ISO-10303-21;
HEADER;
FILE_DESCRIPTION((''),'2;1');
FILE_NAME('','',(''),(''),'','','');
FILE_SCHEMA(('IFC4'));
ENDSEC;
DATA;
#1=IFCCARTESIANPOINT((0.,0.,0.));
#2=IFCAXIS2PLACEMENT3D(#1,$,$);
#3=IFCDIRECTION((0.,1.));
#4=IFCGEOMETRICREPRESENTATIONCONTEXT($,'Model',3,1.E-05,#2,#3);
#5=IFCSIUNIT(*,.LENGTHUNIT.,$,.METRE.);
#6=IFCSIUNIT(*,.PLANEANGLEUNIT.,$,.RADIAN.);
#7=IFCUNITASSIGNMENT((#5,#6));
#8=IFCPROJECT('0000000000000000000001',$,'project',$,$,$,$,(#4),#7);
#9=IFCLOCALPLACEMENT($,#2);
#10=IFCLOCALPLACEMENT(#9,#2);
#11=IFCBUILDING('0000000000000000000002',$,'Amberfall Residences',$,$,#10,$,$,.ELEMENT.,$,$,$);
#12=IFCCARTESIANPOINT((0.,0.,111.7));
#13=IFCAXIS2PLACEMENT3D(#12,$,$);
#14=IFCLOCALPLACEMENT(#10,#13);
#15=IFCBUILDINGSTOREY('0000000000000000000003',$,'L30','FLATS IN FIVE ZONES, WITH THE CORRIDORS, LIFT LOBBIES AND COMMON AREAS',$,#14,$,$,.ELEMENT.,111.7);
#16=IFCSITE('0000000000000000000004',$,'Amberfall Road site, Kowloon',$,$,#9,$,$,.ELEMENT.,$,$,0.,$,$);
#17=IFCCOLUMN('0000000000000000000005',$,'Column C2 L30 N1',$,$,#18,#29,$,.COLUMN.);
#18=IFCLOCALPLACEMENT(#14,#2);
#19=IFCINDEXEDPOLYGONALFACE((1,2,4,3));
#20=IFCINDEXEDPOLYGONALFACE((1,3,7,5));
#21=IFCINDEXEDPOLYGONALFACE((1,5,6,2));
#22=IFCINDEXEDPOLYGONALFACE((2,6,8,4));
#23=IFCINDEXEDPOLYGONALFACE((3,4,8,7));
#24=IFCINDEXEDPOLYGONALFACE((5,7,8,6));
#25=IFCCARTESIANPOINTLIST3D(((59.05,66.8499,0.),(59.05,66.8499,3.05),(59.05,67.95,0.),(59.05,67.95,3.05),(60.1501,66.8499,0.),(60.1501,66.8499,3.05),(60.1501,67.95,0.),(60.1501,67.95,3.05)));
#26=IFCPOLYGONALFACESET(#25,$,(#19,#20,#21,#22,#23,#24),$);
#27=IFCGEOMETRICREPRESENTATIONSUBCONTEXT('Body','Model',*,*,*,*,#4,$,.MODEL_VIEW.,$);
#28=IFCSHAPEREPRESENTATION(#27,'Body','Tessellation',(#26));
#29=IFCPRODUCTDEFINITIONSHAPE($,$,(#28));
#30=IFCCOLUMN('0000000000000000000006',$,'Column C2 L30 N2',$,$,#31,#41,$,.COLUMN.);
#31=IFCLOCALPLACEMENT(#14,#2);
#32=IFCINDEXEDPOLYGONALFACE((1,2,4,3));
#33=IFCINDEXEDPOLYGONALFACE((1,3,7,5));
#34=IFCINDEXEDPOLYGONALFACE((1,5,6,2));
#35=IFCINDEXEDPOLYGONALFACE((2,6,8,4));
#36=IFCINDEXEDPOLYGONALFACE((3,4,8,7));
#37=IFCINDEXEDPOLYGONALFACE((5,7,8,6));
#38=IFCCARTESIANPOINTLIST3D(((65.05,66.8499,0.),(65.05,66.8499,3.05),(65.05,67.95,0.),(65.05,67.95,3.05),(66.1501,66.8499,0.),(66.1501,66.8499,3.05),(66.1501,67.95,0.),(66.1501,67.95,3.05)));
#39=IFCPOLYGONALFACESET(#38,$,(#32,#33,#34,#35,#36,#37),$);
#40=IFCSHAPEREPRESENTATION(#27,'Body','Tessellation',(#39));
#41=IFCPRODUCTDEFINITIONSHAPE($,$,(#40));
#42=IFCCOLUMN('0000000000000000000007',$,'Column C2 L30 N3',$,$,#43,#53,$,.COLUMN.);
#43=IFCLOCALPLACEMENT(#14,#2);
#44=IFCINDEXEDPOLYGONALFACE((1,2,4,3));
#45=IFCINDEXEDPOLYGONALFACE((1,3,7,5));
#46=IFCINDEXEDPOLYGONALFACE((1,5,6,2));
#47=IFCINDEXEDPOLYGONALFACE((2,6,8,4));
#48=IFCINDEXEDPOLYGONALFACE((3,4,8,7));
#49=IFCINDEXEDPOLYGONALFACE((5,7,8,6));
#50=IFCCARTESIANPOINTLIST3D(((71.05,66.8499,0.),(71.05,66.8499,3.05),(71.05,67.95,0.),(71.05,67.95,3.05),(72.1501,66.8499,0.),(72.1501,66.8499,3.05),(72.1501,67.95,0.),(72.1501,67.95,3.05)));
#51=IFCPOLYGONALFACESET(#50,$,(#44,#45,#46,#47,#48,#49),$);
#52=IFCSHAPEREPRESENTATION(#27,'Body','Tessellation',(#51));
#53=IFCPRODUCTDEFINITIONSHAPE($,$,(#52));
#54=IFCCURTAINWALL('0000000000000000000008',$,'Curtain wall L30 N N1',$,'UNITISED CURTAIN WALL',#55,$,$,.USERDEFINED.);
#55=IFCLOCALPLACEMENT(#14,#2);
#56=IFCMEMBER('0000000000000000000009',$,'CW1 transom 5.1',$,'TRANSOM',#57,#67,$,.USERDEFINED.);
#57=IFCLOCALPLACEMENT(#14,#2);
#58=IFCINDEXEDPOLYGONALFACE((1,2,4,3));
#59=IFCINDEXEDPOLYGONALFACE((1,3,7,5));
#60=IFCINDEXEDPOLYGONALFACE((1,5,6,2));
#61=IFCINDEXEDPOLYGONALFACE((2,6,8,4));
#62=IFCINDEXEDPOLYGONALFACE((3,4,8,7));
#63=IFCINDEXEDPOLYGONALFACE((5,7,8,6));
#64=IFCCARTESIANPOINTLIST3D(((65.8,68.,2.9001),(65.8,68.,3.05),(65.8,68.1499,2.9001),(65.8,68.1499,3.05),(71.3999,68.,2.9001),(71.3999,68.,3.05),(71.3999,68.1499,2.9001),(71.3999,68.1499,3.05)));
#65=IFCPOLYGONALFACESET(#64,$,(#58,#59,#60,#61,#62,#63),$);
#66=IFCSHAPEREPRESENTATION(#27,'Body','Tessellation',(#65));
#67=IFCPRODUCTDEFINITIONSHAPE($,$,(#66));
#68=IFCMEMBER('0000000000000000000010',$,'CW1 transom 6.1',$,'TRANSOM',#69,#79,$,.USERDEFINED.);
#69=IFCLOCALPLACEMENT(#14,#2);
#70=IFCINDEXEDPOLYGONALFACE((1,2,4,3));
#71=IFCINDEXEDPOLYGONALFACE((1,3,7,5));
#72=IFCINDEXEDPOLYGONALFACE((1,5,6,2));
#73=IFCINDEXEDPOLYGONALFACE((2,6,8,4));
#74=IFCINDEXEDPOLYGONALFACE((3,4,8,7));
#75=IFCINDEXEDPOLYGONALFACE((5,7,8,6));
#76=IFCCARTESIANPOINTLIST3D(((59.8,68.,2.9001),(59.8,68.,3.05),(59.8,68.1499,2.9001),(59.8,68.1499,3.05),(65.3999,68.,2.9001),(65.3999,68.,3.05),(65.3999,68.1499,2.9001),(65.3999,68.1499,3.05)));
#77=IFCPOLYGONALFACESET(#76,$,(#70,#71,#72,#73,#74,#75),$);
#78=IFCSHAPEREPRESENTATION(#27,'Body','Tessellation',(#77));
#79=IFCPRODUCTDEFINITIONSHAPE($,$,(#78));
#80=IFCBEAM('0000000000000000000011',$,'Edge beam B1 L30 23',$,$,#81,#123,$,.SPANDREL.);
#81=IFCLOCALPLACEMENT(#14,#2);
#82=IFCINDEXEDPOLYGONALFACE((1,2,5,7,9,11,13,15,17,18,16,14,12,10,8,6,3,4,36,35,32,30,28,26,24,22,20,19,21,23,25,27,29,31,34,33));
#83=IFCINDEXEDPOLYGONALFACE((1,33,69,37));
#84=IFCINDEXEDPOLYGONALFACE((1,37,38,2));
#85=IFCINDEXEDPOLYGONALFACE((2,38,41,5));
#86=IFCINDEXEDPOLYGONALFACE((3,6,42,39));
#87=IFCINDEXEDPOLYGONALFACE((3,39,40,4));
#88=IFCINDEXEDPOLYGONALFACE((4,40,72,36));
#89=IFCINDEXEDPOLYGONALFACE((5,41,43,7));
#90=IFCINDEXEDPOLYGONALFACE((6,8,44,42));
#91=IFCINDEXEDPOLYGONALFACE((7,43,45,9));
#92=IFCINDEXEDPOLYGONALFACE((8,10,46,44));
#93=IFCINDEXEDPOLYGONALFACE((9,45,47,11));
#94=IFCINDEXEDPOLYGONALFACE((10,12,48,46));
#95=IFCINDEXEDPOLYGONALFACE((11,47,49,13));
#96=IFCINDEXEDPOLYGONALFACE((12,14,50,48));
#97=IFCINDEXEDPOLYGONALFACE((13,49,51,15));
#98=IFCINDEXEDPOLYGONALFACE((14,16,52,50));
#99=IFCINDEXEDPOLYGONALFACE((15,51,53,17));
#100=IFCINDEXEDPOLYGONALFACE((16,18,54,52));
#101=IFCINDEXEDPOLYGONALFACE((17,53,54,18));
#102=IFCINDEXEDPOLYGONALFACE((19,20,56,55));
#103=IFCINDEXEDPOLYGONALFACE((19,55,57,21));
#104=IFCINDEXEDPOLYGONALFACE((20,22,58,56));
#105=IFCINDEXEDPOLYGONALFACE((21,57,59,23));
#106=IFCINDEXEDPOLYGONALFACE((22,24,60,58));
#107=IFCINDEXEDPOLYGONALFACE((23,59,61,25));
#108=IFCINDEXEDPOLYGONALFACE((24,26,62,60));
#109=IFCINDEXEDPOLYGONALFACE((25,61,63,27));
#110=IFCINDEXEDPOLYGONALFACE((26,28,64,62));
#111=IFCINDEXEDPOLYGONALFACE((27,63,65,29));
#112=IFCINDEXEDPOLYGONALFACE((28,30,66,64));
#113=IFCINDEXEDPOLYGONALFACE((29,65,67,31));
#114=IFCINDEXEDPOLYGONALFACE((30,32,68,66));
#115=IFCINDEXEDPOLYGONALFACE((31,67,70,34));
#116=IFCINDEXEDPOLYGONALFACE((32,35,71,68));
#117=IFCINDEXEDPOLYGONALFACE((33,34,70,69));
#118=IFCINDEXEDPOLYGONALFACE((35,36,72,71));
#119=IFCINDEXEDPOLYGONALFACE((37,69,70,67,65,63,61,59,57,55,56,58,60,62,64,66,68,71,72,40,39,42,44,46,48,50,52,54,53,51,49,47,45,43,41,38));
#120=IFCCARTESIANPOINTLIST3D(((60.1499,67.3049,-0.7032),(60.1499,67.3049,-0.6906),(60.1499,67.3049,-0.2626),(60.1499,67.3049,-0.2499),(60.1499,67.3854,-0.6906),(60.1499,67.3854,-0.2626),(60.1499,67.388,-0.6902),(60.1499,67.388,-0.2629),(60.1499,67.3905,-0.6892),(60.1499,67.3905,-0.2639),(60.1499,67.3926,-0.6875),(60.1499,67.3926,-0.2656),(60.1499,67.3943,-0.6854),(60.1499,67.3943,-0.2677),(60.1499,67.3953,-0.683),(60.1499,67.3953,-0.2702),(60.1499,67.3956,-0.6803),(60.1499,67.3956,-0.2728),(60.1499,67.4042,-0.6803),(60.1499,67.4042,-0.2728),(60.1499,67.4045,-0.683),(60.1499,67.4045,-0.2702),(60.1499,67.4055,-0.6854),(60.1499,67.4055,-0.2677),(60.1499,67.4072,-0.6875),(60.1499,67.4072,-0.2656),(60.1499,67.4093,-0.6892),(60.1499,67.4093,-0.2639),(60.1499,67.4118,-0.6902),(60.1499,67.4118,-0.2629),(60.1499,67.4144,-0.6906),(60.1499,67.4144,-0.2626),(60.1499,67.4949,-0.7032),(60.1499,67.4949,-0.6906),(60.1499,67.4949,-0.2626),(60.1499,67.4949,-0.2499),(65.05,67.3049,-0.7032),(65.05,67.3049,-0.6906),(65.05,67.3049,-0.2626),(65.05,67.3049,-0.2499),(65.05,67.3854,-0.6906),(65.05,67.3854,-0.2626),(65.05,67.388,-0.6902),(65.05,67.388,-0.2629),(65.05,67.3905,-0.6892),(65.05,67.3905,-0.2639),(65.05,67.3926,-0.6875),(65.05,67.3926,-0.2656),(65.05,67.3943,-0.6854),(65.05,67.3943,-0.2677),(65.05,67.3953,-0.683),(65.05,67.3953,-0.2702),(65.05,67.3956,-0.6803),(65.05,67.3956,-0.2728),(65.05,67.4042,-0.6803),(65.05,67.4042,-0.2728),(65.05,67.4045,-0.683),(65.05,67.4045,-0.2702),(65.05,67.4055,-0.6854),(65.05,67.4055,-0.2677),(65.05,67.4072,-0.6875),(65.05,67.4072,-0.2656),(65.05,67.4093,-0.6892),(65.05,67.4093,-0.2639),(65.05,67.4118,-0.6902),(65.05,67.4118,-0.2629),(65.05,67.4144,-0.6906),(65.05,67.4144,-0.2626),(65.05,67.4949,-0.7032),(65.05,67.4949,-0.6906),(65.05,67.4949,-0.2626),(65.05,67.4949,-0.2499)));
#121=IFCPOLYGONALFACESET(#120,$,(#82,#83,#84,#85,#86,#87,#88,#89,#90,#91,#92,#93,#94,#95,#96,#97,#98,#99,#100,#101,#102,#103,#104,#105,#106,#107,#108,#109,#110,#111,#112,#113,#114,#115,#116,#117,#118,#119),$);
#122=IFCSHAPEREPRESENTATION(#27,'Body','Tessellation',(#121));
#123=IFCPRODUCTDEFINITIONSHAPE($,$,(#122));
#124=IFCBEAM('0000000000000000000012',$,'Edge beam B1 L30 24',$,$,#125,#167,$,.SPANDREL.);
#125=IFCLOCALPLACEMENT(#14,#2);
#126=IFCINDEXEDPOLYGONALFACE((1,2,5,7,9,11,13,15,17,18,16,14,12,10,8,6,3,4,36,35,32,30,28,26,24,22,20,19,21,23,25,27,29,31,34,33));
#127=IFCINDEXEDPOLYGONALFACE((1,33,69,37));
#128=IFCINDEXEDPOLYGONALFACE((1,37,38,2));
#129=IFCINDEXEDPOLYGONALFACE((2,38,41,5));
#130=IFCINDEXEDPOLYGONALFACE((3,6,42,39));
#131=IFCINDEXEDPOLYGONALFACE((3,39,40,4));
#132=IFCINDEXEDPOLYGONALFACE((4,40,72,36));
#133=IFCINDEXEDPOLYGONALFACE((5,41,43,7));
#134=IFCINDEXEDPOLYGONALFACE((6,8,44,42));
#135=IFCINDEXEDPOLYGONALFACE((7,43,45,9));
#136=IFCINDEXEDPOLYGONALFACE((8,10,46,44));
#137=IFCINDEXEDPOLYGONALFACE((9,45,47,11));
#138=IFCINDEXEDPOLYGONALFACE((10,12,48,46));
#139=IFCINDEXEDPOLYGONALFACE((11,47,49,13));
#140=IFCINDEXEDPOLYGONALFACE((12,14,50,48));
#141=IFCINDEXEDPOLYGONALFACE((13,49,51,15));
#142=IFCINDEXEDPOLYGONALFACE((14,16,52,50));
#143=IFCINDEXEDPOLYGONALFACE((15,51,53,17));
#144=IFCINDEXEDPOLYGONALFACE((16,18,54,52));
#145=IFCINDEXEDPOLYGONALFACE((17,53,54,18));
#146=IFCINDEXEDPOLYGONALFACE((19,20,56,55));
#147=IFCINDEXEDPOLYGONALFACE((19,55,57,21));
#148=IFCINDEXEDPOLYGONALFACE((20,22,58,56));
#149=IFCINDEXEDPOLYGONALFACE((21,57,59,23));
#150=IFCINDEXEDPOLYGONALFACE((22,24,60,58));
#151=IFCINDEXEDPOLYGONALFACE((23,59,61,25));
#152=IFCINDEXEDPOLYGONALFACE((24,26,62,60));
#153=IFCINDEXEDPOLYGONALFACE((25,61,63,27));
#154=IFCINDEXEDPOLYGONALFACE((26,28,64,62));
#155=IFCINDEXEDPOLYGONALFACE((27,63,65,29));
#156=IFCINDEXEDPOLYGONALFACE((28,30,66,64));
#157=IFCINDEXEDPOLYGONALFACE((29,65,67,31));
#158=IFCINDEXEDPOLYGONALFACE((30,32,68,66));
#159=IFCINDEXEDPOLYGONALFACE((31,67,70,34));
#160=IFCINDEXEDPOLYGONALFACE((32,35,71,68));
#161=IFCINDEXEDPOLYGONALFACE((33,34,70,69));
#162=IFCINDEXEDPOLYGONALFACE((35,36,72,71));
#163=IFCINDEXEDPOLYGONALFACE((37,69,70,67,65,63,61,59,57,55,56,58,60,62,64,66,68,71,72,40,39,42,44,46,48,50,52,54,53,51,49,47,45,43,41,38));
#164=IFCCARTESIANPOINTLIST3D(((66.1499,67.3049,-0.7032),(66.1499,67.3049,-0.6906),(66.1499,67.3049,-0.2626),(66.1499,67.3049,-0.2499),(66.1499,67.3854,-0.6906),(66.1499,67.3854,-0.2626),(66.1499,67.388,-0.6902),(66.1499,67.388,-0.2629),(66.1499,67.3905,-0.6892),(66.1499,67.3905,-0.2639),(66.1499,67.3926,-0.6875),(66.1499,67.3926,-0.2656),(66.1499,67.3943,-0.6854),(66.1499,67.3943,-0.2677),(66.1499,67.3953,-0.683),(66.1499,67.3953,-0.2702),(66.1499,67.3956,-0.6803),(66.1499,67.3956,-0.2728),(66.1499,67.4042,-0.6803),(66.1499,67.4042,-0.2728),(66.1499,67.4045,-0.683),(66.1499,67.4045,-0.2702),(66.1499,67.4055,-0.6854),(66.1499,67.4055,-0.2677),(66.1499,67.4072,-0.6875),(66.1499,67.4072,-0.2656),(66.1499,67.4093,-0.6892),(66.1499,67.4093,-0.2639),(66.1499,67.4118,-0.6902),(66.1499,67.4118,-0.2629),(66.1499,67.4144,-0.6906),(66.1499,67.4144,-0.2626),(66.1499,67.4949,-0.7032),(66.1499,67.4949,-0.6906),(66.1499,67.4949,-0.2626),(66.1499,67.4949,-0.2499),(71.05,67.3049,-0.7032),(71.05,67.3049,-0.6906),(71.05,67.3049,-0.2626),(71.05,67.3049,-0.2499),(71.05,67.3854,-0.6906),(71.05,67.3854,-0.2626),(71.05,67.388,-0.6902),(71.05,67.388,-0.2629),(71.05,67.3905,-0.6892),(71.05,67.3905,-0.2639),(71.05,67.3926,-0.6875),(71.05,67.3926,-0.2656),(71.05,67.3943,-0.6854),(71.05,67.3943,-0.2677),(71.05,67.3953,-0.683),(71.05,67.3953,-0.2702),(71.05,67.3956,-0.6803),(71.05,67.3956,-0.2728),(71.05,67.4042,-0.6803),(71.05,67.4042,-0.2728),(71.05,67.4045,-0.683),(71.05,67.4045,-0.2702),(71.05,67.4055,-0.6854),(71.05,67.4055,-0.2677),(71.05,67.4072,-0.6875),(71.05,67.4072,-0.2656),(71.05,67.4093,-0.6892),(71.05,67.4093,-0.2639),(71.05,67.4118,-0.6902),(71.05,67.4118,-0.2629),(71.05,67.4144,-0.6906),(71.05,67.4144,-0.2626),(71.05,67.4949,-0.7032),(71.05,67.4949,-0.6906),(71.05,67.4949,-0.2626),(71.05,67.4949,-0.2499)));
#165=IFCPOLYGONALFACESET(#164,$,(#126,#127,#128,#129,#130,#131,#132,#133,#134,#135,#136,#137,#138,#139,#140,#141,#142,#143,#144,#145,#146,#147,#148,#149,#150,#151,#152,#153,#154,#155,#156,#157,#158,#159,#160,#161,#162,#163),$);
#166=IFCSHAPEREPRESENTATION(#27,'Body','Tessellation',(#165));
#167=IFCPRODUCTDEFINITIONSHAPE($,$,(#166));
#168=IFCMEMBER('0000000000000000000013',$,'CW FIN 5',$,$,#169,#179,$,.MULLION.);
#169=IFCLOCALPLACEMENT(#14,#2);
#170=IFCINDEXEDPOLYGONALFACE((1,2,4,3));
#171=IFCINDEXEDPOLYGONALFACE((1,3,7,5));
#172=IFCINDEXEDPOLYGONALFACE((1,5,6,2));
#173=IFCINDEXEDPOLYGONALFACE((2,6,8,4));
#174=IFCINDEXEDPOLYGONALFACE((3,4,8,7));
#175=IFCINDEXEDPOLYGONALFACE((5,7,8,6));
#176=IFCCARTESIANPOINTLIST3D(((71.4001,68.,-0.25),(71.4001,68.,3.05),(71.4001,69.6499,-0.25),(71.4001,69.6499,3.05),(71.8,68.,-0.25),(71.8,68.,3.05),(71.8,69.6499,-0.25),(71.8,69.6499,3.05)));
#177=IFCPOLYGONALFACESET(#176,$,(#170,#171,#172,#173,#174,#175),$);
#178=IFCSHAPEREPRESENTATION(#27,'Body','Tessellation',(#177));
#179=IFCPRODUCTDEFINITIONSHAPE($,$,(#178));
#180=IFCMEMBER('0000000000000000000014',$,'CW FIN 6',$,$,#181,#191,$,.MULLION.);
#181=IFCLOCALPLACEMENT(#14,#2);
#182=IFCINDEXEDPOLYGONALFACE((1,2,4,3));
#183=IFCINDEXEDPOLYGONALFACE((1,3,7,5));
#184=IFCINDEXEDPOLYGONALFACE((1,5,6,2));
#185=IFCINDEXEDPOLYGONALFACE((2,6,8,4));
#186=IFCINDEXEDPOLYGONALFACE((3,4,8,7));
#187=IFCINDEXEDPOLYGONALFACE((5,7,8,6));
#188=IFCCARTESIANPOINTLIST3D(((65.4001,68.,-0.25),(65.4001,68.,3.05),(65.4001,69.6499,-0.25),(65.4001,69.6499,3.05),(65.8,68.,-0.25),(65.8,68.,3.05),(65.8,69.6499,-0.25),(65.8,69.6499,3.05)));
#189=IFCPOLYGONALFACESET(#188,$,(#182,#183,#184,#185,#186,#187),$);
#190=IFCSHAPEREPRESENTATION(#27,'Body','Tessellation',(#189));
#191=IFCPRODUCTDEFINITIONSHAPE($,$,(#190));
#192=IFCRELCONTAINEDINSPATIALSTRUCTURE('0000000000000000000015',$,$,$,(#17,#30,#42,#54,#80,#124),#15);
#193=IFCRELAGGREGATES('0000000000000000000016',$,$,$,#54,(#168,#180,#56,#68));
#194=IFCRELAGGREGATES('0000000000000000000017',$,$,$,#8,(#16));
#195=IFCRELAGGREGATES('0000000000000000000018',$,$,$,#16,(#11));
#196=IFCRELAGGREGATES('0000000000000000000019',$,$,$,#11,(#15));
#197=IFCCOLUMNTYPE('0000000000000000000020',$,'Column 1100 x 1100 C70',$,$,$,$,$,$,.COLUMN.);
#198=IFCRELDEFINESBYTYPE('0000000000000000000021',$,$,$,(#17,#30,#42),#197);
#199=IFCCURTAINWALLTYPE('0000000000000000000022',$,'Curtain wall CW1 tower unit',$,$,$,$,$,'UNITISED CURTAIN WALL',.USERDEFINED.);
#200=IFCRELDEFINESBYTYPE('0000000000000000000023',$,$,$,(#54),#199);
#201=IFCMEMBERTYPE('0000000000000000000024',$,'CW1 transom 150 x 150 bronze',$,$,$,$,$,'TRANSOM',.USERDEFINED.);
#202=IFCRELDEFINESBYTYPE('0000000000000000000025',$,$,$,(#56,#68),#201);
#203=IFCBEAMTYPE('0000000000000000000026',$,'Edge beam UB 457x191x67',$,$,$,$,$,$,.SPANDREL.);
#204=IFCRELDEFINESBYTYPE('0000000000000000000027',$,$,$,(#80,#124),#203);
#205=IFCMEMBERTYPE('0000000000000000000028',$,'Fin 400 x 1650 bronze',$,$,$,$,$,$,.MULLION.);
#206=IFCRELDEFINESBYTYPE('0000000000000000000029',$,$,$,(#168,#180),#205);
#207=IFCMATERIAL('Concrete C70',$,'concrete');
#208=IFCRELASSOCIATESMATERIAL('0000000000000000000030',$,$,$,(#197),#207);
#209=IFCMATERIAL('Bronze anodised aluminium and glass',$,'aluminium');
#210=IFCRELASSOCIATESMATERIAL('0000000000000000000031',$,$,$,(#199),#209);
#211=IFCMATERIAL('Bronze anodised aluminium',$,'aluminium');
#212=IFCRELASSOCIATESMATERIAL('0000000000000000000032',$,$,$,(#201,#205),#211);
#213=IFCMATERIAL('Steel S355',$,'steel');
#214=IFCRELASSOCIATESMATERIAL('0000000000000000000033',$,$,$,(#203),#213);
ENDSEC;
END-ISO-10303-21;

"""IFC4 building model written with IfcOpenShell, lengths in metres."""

from ifc_helpers import new_model, si_unit, direction, frame, origin, origin_2d, place, context, subcontext, project, spatial, rectangle, i_section, extrude, material, material_profile, profile_set, type_object, element, aggregate, save


model = new_model("IFC4")

# Units and contexts
model_context = context("Model", 3, precision=1e-05, world=origin(), true_north=direction((0.0, 1.0)))
body_context = subcontext(model_context, "Body", "Model", "MODEL_VIEW")
ifc_project = project(units=[si_unit("LENGTHUNIT", "METRE"), si_unit("PLANEANGLEUNIT", "RADIAN")], contexts=[model_context])

# Site, building, storey
site_placement = place(None, origin())
site = spatial("IfcSite", under=ifc_project, at=site_placement, Name="Amberfall Road site, Kowloon", CompositionType="ELEMENT", RefElevation=0.0)
building_placement = place(site_placement, origin())
building = spatial("IfcBuilding", under=site, at=building_placement, Name="Amberfall Residences", CompositionType="ELEMENT")
storey_placement = place(building_placement, frame((0.0, 0.0, 111.7)))
storey = spatial("IfcBuildingStorey", under=building, at=storey_placement, Name="L30", Description="FLATS IN FIVE ZONES, WITH THE CORRIDORS, LIFT LOBBIES AND COMMON AREAS", CompositionType="ELEMENT", Elevation=111.7)

# Columns
ifc_material_1 = material(Name="Concrete C70", Category="concrete")
ifc_material_profile_1 = material_profile(ifc_material_1, rectangle(XDim=1.1001, YDim=1.1001, at=origin_2d()), Name="Column 1100 x 1100 C70")
ifc_profile_set_1 = profile_set([ifc_material_profile_1], Name="Concrete C70")
column_type = type_object("IfcColumnType", Name="Column 1100 x 1100 C70", PredefinedType="COLUMN", material=ifc_profile_set_1)
for number, where, z_axis, x_axis, name in (
    (1, (59.6001, 67.3999, 0.0), (0.0, 0.0, 1.0), (1.0, 0.0, 0.0), "Column C2 L30 N1"),
    (2, (65.6001, 67.3999, 0.0), (0.0, 0.0, 1.0), (1.0, 0.0, 0.0), "Column C2 L30 N2"),
    (3, (71.6001, 67.3999, 0.0), (0.0, 0.0, 1.0), (1.0, 0.0, 0.0), "Column C2 L30 N3"),
):
    element("IfcColumn", number, at=place(storey_placement, frame(where, z_axis=z_axis, x_axis=x_axis)), inside=storey, type_object=column_type, Name=name, PredefinedType="COLUMN", context=body_context, shape_type="SweptSolid", body=[
        extrude(rectangle(XDim=1.1001, YDim=1.1001, at=origin_2d()), origin(), (0.0, 0.0, 1.0), 3.05),
    ])

# Curtain wall, members
ifc_material_2 = material(Name="Bronze anodised aluminium and glass", Category="aluminium")
curtain_wall_type = type_object("IfcCurtainWallType", Name="Curtain wall CW1 tower unit", ElementType="UNITISED CURTAIN WALL", PredefinedType="USERDEFINED", material=ifc_material_2)
curtain_wall_placement = place(storey_placement, origin())
curtain_wall = element("IfcCurtainWall", 4, at=curtain_wall_placement, inside=storey, type_object=curtain_wall_type, Name="Curtain wall L30 N N1", ObjectType="UNITISED CURTAIN WALL", PredefinedType="USERDEFINED")
ifc_material_3 = material(Name="Bronze anodised aluminium", Category="aluminium")
ifc_material_profile_2 = material_profile(ifc_material_3, rectangle(XDim=0.1499, YDim=0.1499, at=origin_2d()), Name="CW1 transom 150 x 150 bronze")
ifc_profile_set_2 = profile_set([ifc_material_profile_2], Name="Bronze anodised aluminium")
member_type_1 = type_object("IfcMemberType", Name="CW1 transom 150 x 150 bronze", ElementType="TRANSOM", PredefinedType="USERDEFINED", material=ifc_profile_set_2)
member_1_placement = place(storey_placement, frame((71.3999, 68.075, 2.9751), z_axis=(-1.0, 0.0, 0.0), x_axis=(0.0, -1.0, 0.0)))
member_1 = element("IfcMember", 5, at=member_1_placement, type_object=member_type_1, Name="CW1 transom 5.1", ObjectType="TRANSOM", PredefinedType="USERDEFINED", context=body_context, shape_type="SweptSolid", body=[
    extrude(rectangle(XDim=0.1499, YDim=0.1499, at=origin_2d()), origin(), (0.0, 0.0, 1.0), 5.5999),
])
member_2_placement = place(storey_placement, frame((65.3999, 68.075, 2.9751), z_axis=(-1.0, 0.0, 0.0), x_axis=(0.0, -1.0, 0.0)))
member_2 = element("IfcMember", 6, at=member_2_placement, type_object=member_type_1, Name="CW1 transom 6.1", ObjectType="TRANSOM", PredefinedType="USERDEFINED", context=body_context, shape_type="SweptSolid", body=[
    extrude(rectangle(XDim=0.1499, YDim=0.1499, at=origin_2d()), origin(), (0.0, 0.0, 1.0), 5.5999),
])

# Beams
ifc_material_4 = material(Name="Steel S355", Category="steel")
ifc_material_profile_3 = material_profile(ifc_material_4, i_section(OverallWidth=0.1899, OverallDepth=0.4534, WebThickness=0.0085, FlangeThickness=0.0127, FilletRadius=0.0103, at=origin_2d()), Name="UB 457x191x67")
ifc_profile_set_3 = profile_set([ifc_material_profile_3], Name="Steel S355")
beam_type_1 = type_object("IfcBeamType", Name="Edge beam UB 457x191x67", PredefinedType="SPANDREL", material=ifc_profile_set_3)
for number, where, z_axis, x_axis, name in (
    (7, (60.1499, 67.3999, -0.4766), (1.0, 0.0, 0.0), (0.0, 1.0, 0.0), "Edge beam B1 L30 23"),
    (8, (66.1499, 67.3999, -0.4766), (1.0, 0.0, 0.0), (0.0, 1.0, 0.0), "Edge beam B1 L30 24"),
):
    element("IfcBeam", number, at=place(storey_placement, frame(where, z_axis=z_axis, x_axis=x_axis)), inside=storey, type_object=beam_type_1, Name=name, PredefinedType="SPANDREL", context=body_context, shape_type="SweptSolid", body=[
        extrude(i_section(OverallWidth=0.1899, OverallDepth=0.4534, WebThickness=0.0085, FlangeThickness=0.0127, FilletRadius=0.0103, at=origin_2d()), origin(), (0.0, 0.0, 1.0), 4.9001),
    ])

# Members
ifc_material_profile_4 = material_profile(ifc_material_3, rectangle(XDim=1.6499, YDim=0.3999, at=origin_2d()), Name="Fin 400 x 1650 bronze")
ifc_profile_set_4 = profile_set([ifc_material_profile_4], Name="Bronze anodised aluminium")
member_type_2 = type_object("IfcMemberType", Name="Fin 400 x 1650 bronze", PredefinedType="MULLION", material=ifc_profile_set_4)
member_3_placement = place(storey_placement, frame((71.6001, 68.825, -0.25), z_axis=(0.0, 0.0, 1.0), x_axis=(0.0, -1.0, 0.0)))
member_3 = element("IfcMember", 9, at=member_3_placement, type_object=member_type_2, Name="CW FIN 5", PredefinedType="MULLION", context=body_context, shape_type="SweptSolid", body=[
    extrude(rectangle(XDim=1.6499, YDim=0.3999, at=origin_2d()), origin(), (0.0, 0.0, 1.0), 3.3),
])
member_4_placement = place(storey_placement, frame((65.6001, 68.825, -0.25), z_axis=(0.0, 0.0, 1.0), x_axis=(0.0, -1.0, 0.0)))
member_4 = element("IfcMember", 10, at=member_4_placement, type_object=member_type_2, Name="CW FIN 6", PredefinedType="MULLION", context=body_context, shape_type="SweptSolid", body=[
    extrude(rectangle(XDim=1.6499, YDim=0.3999, at=origin_2d()), origin(), (0.0, 0.0, 1.0), 3.3),
])

aggregate(curtain_wall, [member_3, member_4, member_1, member_2])

save(model, "model.ifc")
